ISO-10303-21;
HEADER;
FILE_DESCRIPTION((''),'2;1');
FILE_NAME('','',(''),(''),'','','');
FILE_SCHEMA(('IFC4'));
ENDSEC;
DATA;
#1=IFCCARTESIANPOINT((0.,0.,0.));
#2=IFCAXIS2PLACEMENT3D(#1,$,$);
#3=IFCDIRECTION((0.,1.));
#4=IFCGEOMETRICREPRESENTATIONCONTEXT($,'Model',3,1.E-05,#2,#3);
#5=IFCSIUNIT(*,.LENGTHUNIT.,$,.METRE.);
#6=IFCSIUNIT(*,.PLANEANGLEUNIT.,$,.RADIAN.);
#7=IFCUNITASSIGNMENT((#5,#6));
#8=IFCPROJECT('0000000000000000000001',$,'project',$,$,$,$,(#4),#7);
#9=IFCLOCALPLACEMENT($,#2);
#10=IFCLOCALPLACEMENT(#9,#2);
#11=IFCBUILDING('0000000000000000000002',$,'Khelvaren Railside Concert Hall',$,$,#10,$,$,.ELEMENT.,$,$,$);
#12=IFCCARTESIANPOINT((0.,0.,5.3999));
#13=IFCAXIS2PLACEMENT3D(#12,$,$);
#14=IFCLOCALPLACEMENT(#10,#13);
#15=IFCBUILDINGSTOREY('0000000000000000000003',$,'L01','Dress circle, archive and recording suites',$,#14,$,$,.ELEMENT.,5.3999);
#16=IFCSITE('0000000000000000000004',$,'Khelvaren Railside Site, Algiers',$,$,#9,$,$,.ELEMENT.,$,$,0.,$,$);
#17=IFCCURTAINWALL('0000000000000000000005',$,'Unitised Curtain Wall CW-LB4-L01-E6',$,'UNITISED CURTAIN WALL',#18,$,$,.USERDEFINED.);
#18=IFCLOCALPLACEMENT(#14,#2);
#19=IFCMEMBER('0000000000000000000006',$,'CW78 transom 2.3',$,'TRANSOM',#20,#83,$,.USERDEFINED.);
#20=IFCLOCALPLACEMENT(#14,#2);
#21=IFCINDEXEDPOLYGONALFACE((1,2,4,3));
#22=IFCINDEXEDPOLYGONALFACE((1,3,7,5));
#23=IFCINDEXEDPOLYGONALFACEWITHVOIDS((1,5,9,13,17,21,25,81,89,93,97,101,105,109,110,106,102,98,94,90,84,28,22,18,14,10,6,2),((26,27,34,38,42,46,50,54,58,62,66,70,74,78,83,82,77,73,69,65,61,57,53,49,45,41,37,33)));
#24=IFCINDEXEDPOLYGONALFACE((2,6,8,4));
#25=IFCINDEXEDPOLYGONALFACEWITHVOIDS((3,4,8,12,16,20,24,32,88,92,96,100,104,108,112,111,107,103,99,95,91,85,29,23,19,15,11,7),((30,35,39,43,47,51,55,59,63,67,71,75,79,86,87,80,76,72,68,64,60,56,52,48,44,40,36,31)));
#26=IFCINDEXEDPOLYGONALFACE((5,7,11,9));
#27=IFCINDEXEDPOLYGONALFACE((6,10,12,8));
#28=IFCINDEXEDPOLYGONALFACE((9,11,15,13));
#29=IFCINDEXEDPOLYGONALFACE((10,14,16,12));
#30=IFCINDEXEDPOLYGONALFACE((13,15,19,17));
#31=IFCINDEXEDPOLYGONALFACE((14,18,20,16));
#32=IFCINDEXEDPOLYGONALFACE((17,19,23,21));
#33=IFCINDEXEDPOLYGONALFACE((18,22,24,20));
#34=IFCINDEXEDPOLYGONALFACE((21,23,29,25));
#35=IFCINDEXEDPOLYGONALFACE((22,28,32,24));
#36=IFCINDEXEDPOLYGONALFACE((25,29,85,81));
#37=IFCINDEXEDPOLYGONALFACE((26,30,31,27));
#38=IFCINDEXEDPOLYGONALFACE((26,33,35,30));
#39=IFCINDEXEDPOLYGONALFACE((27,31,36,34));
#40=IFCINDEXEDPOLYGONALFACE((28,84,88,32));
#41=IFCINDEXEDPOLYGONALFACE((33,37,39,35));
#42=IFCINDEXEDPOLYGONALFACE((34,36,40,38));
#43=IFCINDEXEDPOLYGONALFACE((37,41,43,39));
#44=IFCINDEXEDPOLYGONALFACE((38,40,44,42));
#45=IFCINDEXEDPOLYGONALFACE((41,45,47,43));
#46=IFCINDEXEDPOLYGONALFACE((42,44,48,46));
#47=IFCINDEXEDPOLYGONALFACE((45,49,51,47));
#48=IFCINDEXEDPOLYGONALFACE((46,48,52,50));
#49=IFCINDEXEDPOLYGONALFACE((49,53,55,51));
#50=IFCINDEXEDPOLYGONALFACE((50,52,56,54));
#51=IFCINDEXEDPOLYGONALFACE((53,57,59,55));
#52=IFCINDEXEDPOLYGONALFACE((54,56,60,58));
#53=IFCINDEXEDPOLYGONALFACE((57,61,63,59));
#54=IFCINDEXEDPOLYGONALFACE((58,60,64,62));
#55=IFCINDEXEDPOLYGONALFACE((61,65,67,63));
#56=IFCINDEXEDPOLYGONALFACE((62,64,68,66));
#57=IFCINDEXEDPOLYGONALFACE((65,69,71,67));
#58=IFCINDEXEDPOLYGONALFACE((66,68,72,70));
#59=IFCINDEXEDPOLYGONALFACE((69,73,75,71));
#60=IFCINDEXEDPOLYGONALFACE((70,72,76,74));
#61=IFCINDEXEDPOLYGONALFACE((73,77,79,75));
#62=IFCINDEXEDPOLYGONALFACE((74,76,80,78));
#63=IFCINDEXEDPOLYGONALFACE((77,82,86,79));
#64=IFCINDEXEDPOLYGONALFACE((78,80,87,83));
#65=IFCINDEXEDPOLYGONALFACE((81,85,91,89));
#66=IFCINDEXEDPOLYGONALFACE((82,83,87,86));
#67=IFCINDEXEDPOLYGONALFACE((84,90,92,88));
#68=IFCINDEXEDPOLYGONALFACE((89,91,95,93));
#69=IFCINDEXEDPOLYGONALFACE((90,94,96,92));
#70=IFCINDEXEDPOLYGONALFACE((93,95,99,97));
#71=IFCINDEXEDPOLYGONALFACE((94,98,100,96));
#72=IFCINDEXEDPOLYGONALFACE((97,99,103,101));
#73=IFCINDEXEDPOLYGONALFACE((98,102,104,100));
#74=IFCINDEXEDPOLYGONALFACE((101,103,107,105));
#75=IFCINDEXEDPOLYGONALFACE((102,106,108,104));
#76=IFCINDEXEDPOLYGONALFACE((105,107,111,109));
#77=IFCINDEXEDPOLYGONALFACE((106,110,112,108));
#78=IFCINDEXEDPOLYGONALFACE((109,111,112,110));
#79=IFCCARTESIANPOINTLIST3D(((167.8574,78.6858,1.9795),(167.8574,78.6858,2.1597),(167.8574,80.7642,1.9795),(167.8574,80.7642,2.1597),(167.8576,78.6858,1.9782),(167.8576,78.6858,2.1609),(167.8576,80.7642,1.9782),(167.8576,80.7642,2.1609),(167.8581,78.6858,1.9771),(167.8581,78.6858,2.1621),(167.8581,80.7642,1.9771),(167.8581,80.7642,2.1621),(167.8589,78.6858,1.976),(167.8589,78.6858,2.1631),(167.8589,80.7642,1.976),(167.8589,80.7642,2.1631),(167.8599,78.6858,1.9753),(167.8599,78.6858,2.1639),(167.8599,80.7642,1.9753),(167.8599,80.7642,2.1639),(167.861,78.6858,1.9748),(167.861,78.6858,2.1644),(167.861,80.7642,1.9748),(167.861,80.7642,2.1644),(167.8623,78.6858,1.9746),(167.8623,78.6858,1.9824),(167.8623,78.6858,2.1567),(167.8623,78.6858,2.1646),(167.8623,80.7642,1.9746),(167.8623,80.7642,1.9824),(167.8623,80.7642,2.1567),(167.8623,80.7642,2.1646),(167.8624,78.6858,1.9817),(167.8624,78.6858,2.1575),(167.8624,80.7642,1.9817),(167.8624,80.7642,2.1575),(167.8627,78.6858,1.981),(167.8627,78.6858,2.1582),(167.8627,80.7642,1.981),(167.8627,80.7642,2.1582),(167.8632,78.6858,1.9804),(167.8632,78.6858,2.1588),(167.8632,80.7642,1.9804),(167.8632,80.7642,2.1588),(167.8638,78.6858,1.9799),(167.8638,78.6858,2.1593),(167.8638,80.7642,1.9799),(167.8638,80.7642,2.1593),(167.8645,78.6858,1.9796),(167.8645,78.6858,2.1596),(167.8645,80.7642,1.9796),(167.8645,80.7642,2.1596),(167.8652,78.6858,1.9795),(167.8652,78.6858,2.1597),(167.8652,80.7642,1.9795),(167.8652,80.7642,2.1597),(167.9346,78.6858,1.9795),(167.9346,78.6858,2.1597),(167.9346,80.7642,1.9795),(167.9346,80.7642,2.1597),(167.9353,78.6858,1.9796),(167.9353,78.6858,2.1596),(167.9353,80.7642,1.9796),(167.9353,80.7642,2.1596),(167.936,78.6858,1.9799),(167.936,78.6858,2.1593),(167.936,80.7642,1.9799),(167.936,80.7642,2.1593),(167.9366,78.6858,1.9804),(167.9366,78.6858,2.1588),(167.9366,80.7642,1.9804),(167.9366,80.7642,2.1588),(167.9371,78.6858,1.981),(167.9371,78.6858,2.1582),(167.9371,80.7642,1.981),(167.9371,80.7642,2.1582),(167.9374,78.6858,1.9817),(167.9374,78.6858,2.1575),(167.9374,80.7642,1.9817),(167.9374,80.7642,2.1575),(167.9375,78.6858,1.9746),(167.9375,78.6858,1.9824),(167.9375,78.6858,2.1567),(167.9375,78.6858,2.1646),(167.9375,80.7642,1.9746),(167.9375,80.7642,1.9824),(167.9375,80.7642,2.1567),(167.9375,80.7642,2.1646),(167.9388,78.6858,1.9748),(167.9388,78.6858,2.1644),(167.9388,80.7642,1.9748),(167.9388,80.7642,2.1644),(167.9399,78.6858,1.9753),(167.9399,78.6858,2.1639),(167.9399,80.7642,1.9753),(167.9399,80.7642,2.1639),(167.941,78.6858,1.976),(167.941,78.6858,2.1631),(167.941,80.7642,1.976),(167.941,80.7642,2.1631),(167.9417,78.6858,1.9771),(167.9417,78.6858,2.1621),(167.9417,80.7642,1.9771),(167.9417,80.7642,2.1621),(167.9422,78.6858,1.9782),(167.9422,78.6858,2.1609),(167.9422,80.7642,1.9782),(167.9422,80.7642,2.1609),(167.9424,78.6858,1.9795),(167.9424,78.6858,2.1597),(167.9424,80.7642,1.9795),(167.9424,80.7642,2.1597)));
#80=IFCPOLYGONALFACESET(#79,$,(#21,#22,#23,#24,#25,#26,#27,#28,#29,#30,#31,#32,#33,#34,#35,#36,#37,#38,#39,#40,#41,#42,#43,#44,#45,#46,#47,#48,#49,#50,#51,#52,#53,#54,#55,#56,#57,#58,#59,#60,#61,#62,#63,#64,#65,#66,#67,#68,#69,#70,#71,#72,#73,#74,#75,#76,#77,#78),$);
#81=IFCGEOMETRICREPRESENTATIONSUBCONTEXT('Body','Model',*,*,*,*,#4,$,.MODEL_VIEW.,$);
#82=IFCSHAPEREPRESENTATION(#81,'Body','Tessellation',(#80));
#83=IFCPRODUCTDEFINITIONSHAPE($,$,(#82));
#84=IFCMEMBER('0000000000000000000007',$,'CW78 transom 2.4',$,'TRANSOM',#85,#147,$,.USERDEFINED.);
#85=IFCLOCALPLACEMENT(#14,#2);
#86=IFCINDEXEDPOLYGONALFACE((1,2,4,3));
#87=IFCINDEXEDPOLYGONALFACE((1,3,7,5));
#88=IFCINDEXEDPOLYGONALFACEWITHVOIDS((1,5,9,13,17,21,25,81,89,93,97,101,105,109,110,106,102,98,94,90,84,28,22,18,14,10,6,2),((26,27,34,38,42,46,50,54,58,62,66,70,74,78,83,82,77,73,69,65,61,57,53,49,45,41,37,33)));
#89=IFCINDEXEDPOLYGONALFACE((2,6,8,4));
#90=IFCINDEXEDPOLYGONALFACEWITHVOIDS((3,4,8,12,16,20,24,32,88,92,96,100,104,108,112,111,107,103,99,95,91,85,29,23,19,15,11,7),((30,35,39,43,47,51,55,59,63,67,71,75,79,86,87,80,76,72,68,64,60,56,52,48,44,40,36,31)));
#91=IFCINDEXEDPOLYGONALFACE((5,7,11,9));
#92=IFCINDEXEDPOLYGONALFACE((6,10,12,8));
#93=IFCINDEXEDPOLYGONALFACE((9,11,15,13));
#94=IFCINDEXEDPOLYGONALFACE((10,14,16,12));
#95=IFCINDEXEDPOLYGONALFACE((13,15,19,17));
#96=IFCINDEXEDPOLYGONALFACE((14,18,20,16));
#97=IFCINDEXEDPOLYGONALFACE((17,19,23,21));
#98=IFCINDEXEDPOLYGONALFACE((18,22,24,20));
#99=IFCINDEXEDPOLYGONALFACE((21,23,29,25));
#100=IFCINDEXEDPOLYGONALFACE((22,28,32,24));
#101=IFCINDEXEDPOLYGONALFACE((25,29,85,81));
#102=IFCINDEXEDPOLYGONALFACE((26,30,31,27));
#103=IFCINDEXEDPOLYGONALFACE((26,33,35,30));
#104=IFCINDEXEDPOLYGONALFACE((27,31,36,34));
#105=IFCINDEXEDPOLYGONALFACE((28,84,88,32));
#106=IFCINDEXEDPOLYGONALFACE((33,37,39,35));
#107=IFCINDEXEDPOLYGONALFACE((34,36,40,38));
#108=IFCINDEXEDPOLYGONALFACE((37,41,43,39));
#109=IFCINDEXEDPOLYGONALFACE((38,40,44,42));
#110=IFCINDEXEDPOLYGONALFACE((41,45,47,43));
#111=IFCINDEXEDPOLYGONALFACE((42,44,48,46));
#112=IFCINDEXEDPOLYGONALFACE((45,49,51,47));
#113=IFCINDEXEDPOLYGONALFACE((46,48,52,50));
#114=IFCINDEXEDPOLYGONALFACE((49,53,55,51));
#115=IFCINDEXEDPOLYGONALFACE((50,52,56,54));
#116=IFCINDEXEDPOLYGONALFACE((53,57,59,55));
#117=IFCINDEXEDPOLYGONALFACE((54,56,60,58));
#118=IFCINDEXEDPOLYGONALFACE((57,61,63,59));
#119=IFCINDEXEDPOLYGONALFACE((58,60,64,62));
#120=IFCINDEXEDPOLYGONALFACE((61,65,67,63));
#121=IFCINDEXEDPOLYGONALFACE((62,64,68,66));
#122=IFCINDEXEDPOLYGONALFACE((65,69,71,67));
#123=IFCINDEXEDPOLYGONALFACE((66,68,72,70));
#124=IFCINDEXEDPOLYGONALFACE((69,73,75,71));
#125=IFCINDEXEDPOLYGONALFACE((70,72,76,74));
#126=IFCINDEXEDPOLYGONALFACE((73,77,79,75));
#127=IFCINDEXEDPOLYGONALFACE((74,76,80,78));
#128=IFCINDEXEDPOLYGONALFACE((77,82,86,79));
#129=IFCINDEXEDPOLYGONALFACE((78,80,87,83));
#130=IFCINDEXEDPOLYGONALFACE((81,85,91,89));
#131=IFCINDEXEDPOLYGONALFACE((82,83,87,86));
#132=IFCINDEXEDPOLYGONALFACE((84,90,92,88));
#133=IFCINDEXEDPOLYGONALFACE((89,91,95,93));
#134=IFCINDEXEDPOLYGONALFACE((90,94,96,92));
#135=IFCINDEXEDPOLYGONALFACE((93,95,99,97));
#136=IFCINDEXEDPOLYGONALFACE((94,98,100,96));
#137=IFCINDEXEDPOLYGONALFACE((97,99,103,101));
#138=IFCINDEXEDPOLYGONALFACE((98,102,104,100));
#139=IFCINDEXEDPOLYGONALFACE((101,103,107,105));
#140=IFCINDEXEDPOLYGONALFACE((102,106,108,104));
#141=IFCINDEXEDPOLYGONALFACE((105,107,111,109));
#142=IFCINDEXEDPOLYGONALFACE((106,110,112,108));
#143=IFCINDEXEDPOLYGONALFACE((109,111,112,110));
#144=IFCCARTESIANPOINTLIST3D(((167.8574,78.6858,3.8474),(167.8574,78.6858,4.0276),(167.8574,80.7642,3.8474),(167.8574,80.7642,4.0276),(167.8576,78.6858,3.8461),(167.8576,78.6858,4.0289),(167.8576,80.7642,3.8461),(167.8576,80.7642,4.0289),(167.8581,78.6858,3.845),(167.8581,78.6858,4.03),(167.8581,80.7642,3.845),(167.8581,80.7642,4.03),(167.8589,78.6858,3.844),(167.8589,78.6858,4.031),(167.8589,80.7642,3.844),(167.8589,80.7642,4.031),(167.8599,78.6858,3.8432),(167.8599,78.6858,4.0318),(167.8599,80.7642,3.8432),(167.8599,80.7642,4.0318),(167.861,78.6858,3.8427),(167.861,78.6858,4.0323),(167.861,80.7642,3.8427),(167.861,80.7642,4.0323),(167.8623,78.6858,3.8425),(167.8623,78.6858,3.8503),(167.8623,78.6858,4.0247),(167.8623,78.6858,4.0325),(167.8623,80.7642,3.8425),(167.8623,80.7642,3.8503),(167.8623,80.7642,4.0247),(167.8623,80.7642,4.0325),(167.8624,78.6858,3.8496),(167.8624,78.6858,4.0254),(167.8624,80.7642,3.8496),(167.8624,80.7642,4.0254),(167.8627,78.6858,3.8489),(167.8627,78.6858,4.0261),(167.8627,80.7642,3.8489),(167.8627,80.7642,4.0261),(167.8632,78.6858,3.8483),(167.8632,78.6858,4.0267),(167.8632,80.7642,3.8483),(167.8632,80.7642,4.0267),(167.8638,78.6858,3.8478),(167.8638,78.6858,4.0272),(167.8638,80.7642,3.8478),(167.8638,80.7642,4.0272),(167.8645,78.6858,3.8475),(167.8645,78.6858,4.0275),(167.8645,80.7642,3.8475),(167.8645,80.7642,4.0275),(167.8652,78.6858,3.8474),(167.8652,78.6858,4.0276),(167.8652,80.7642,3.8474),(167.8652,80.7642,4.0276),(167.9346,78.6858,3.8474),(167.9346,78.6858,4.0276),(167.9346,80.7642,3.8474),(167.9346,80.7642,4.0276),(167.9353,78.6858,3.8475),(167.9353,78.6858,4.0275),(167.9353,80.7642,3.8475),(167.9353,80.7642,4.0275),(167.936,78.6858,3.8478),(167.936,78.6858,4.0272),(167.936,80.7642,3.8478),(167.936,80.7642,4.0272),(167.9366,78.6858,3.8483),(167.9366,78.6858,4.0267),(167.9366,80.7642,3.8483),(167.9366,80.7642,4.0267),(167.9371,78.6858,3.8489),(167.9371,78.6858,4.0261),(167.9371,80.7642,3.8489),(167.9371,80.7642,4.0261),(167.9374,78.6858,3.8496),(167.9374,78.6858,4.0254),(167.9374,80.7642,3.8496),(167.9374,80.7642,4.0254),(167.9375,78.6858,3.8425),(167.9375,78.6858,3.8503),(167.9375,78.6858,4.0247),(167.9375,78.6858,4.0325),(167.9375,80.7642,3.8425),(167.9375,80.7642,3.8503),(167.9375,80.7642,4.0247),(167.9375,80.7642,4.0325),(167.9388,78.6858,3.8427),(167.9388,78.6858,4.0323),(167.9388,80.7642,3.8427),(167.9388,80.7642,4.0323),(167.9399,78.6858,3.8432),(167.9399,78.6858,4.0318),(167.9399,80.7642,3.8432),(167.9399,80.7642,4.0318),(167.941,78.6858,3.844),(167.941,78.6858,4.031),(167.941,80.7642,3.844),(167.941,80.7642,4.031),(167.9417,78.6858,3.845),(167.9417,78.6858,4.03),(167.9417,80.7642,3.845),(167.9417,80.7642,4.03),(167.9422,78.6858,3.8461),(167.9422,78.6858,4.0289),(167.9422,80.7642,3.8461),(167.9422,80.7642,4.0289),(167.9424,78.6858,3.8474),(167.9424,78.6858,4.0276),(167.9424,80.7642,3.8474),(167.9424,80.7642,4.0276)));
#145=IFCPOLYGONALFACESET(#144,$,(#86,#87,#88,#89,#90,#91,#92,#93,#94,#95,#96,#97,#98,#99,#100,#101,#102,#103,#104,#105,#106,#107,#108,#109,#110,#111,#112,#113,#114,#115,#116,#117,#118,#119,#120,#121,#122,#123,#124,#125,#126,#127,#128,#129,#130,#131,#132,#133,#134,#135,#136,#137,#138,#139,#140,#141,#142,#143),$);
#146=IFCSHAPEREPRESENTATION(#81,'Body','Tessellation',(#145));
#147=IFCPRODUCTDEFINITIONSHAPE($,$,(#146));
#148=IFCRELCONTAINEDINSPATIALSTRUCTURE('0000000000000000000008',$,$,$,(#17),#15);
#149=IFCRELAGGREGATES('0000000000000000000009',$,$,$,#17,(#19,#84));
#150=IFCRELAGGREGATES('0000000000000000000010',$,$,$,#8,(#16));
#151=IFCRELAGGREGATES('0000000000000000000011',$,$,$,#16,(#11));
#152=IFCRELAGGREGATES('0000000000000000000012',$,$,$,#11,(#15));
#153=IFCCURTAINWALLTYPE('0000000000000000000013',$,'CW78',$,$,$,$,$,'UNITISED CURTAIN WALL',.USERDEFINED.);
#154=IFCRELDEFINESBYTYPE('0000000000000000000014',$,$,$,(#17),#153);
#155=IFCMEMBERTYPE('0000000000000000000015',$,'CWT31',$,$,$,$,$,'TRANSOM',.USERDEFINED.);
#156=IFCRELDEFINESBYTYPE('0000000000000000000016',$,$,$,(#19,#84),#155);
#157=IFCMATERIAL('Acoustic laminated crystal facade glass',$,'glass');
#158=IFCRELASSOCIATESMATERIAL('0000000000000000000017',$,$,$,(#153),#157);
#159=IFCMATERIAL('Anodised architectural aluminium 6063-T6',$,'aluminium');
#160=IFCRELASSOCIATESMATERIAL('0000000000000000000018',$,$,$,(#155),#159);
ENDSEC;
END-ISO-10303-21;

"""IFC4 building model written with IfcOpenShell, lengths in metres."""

from ifc_helpers import new_model, si_unit, direction, frame, origin, origin_2d, place, context, subcontext, project, spatial, hollow_rectangle, extrude, material, material_profile, profile_set, type_object, element, aggregate, save


model = new_model("IFC4")

# Units and contexts
model_context = context("Model", 3, precision=1e-05, world=origin(), true_north=direction((0.0, 1.0)))
body_context = subcontext(model_context, "Body", "Model", "MODEL_VIEW")
ifc_project = project(units=[si_unit("LENGTHUNIT", "METRE"), si_unit("PLANEANGLEUNIT", "RADIAN")], contexts=[model_context])

# Site, building, storey
site_placement = place(None, origin())
site = spatial("IfcSite", under=ifc_project, at=site_placement, Name="Khelvaren Railside Site, Algiers", CompositionType="ELEMENT", RefElevation=0.0)
building_placement = place(site_placement, origin())
building = spatial("IfcBuilding", under=site, at=building_placement, Name="Khelvaren Railside Concert Hall", CompositionType="ELEMENT")
storey_placement = place(building_placement, frame((0.0, 0.0, 5.3999)))
storey = spatial("IfcBuildingStorey", under=building, at=storey_placement, Name="L01", Description="Dress circle, archive and recording suites", CompositionType="ELEMENT", Elevation=5.3999)

# Curtain wall, members
ifc_material_1 = material(Name="Acoustic laminated crystal facade glass", Category="glass")
curtain_wall_type = type_object("IfcCurtainWallType", Name="CW78", ElementType="UNITISED CURTAIN WALL", PredefinedType="USERDEFINED", material=ifc_material_1)
curtain_wall_placement = place(storey_placement, origin())
curtain_wall = element("IfcCurtainWall", 1, at=curtain_wall_placement, inside=storey, type_object=curtain_wall_type, Name="Unitised Curtain Wall CW-LB4-L01-E6", ObjectType="UNITISED CURTAIN WALL", PredefinedType="USERDEFINED")
ifc_material_2 = material(Name="Anodised architectural aluminium 6063-T6", Category="aluminium")
ifc_material_profile_1 = material_profile(ifc_material_2, hollow_rectangle(XDim=0.085, YDim=0.1899, WallThickness=0.0049, InnerFilletRadius=0.0029, OuterFilletRadius=0.0049, at=origin_2d()), Name="CWT 85x190x5")
ifc_profile_set_1 = profile_set([ifc_material_profile_1], Name="Anodised architectural aluminium 6063-T6")
member_type_1 = type_object("IfcMemberType", Name="CWT31", ElementType="TRANSOM", PredefinedType="USERDEFINED", material=ifc_profile_set_1)
member_1_placement = place(storey_placement, frame((167.8999, 80.7642, 2.0696), z_axis=(0.0, -1.0, 0.0), x_axis=(1.0, 0.0, 0.0)))
member_1 = element("IfcMember", 2, at=member_1_placement, type_object=member_type_1, Name="CW78 transom 2.3", ObjectType="TRANSOM", PredefinedType="USERDEFINED", context=body_context, shape_type="SweptSolid", body=[
    extrude(hollow_rectangle(XDim=0.085, YDim=0.1899, WallThickness=0.0049, InnerFilletRadius=0.0029, OuterFilletRadius=0.0049, at=origin_2d()), origin(), (0.0, 0.0, 1.0), 2.0784),
])
member_2_placement = place(storey_placement, frame((167.8999, 80.7642, 3.9375), z_axis=(0.0, -1.0, 0.0), x_axis=(1.0, 0.0, 0.0)))
member_2 = element("IfcMember", 3, at=member_2_placement, type_object=member_type_1, Name="CW78 transom 2.4", ObjectType="TRANSOM", PredefinedType="USERDEFINED", context=body_context, shape_type="SweptSolid", body=[
    extrude(hollow_rectangle(XDim=0.085, YDim=0.1899, WallThickness=0.0049, InnerFilletRadius=0.0029, OuterFilletRadius=0.0049, at=origin_2d()), origin(), (0.0, 0.0, 1.0), 2.0784),
])
aggregate(curtain_wall, [member_1, member_2])

save(model, "model.ifc")
